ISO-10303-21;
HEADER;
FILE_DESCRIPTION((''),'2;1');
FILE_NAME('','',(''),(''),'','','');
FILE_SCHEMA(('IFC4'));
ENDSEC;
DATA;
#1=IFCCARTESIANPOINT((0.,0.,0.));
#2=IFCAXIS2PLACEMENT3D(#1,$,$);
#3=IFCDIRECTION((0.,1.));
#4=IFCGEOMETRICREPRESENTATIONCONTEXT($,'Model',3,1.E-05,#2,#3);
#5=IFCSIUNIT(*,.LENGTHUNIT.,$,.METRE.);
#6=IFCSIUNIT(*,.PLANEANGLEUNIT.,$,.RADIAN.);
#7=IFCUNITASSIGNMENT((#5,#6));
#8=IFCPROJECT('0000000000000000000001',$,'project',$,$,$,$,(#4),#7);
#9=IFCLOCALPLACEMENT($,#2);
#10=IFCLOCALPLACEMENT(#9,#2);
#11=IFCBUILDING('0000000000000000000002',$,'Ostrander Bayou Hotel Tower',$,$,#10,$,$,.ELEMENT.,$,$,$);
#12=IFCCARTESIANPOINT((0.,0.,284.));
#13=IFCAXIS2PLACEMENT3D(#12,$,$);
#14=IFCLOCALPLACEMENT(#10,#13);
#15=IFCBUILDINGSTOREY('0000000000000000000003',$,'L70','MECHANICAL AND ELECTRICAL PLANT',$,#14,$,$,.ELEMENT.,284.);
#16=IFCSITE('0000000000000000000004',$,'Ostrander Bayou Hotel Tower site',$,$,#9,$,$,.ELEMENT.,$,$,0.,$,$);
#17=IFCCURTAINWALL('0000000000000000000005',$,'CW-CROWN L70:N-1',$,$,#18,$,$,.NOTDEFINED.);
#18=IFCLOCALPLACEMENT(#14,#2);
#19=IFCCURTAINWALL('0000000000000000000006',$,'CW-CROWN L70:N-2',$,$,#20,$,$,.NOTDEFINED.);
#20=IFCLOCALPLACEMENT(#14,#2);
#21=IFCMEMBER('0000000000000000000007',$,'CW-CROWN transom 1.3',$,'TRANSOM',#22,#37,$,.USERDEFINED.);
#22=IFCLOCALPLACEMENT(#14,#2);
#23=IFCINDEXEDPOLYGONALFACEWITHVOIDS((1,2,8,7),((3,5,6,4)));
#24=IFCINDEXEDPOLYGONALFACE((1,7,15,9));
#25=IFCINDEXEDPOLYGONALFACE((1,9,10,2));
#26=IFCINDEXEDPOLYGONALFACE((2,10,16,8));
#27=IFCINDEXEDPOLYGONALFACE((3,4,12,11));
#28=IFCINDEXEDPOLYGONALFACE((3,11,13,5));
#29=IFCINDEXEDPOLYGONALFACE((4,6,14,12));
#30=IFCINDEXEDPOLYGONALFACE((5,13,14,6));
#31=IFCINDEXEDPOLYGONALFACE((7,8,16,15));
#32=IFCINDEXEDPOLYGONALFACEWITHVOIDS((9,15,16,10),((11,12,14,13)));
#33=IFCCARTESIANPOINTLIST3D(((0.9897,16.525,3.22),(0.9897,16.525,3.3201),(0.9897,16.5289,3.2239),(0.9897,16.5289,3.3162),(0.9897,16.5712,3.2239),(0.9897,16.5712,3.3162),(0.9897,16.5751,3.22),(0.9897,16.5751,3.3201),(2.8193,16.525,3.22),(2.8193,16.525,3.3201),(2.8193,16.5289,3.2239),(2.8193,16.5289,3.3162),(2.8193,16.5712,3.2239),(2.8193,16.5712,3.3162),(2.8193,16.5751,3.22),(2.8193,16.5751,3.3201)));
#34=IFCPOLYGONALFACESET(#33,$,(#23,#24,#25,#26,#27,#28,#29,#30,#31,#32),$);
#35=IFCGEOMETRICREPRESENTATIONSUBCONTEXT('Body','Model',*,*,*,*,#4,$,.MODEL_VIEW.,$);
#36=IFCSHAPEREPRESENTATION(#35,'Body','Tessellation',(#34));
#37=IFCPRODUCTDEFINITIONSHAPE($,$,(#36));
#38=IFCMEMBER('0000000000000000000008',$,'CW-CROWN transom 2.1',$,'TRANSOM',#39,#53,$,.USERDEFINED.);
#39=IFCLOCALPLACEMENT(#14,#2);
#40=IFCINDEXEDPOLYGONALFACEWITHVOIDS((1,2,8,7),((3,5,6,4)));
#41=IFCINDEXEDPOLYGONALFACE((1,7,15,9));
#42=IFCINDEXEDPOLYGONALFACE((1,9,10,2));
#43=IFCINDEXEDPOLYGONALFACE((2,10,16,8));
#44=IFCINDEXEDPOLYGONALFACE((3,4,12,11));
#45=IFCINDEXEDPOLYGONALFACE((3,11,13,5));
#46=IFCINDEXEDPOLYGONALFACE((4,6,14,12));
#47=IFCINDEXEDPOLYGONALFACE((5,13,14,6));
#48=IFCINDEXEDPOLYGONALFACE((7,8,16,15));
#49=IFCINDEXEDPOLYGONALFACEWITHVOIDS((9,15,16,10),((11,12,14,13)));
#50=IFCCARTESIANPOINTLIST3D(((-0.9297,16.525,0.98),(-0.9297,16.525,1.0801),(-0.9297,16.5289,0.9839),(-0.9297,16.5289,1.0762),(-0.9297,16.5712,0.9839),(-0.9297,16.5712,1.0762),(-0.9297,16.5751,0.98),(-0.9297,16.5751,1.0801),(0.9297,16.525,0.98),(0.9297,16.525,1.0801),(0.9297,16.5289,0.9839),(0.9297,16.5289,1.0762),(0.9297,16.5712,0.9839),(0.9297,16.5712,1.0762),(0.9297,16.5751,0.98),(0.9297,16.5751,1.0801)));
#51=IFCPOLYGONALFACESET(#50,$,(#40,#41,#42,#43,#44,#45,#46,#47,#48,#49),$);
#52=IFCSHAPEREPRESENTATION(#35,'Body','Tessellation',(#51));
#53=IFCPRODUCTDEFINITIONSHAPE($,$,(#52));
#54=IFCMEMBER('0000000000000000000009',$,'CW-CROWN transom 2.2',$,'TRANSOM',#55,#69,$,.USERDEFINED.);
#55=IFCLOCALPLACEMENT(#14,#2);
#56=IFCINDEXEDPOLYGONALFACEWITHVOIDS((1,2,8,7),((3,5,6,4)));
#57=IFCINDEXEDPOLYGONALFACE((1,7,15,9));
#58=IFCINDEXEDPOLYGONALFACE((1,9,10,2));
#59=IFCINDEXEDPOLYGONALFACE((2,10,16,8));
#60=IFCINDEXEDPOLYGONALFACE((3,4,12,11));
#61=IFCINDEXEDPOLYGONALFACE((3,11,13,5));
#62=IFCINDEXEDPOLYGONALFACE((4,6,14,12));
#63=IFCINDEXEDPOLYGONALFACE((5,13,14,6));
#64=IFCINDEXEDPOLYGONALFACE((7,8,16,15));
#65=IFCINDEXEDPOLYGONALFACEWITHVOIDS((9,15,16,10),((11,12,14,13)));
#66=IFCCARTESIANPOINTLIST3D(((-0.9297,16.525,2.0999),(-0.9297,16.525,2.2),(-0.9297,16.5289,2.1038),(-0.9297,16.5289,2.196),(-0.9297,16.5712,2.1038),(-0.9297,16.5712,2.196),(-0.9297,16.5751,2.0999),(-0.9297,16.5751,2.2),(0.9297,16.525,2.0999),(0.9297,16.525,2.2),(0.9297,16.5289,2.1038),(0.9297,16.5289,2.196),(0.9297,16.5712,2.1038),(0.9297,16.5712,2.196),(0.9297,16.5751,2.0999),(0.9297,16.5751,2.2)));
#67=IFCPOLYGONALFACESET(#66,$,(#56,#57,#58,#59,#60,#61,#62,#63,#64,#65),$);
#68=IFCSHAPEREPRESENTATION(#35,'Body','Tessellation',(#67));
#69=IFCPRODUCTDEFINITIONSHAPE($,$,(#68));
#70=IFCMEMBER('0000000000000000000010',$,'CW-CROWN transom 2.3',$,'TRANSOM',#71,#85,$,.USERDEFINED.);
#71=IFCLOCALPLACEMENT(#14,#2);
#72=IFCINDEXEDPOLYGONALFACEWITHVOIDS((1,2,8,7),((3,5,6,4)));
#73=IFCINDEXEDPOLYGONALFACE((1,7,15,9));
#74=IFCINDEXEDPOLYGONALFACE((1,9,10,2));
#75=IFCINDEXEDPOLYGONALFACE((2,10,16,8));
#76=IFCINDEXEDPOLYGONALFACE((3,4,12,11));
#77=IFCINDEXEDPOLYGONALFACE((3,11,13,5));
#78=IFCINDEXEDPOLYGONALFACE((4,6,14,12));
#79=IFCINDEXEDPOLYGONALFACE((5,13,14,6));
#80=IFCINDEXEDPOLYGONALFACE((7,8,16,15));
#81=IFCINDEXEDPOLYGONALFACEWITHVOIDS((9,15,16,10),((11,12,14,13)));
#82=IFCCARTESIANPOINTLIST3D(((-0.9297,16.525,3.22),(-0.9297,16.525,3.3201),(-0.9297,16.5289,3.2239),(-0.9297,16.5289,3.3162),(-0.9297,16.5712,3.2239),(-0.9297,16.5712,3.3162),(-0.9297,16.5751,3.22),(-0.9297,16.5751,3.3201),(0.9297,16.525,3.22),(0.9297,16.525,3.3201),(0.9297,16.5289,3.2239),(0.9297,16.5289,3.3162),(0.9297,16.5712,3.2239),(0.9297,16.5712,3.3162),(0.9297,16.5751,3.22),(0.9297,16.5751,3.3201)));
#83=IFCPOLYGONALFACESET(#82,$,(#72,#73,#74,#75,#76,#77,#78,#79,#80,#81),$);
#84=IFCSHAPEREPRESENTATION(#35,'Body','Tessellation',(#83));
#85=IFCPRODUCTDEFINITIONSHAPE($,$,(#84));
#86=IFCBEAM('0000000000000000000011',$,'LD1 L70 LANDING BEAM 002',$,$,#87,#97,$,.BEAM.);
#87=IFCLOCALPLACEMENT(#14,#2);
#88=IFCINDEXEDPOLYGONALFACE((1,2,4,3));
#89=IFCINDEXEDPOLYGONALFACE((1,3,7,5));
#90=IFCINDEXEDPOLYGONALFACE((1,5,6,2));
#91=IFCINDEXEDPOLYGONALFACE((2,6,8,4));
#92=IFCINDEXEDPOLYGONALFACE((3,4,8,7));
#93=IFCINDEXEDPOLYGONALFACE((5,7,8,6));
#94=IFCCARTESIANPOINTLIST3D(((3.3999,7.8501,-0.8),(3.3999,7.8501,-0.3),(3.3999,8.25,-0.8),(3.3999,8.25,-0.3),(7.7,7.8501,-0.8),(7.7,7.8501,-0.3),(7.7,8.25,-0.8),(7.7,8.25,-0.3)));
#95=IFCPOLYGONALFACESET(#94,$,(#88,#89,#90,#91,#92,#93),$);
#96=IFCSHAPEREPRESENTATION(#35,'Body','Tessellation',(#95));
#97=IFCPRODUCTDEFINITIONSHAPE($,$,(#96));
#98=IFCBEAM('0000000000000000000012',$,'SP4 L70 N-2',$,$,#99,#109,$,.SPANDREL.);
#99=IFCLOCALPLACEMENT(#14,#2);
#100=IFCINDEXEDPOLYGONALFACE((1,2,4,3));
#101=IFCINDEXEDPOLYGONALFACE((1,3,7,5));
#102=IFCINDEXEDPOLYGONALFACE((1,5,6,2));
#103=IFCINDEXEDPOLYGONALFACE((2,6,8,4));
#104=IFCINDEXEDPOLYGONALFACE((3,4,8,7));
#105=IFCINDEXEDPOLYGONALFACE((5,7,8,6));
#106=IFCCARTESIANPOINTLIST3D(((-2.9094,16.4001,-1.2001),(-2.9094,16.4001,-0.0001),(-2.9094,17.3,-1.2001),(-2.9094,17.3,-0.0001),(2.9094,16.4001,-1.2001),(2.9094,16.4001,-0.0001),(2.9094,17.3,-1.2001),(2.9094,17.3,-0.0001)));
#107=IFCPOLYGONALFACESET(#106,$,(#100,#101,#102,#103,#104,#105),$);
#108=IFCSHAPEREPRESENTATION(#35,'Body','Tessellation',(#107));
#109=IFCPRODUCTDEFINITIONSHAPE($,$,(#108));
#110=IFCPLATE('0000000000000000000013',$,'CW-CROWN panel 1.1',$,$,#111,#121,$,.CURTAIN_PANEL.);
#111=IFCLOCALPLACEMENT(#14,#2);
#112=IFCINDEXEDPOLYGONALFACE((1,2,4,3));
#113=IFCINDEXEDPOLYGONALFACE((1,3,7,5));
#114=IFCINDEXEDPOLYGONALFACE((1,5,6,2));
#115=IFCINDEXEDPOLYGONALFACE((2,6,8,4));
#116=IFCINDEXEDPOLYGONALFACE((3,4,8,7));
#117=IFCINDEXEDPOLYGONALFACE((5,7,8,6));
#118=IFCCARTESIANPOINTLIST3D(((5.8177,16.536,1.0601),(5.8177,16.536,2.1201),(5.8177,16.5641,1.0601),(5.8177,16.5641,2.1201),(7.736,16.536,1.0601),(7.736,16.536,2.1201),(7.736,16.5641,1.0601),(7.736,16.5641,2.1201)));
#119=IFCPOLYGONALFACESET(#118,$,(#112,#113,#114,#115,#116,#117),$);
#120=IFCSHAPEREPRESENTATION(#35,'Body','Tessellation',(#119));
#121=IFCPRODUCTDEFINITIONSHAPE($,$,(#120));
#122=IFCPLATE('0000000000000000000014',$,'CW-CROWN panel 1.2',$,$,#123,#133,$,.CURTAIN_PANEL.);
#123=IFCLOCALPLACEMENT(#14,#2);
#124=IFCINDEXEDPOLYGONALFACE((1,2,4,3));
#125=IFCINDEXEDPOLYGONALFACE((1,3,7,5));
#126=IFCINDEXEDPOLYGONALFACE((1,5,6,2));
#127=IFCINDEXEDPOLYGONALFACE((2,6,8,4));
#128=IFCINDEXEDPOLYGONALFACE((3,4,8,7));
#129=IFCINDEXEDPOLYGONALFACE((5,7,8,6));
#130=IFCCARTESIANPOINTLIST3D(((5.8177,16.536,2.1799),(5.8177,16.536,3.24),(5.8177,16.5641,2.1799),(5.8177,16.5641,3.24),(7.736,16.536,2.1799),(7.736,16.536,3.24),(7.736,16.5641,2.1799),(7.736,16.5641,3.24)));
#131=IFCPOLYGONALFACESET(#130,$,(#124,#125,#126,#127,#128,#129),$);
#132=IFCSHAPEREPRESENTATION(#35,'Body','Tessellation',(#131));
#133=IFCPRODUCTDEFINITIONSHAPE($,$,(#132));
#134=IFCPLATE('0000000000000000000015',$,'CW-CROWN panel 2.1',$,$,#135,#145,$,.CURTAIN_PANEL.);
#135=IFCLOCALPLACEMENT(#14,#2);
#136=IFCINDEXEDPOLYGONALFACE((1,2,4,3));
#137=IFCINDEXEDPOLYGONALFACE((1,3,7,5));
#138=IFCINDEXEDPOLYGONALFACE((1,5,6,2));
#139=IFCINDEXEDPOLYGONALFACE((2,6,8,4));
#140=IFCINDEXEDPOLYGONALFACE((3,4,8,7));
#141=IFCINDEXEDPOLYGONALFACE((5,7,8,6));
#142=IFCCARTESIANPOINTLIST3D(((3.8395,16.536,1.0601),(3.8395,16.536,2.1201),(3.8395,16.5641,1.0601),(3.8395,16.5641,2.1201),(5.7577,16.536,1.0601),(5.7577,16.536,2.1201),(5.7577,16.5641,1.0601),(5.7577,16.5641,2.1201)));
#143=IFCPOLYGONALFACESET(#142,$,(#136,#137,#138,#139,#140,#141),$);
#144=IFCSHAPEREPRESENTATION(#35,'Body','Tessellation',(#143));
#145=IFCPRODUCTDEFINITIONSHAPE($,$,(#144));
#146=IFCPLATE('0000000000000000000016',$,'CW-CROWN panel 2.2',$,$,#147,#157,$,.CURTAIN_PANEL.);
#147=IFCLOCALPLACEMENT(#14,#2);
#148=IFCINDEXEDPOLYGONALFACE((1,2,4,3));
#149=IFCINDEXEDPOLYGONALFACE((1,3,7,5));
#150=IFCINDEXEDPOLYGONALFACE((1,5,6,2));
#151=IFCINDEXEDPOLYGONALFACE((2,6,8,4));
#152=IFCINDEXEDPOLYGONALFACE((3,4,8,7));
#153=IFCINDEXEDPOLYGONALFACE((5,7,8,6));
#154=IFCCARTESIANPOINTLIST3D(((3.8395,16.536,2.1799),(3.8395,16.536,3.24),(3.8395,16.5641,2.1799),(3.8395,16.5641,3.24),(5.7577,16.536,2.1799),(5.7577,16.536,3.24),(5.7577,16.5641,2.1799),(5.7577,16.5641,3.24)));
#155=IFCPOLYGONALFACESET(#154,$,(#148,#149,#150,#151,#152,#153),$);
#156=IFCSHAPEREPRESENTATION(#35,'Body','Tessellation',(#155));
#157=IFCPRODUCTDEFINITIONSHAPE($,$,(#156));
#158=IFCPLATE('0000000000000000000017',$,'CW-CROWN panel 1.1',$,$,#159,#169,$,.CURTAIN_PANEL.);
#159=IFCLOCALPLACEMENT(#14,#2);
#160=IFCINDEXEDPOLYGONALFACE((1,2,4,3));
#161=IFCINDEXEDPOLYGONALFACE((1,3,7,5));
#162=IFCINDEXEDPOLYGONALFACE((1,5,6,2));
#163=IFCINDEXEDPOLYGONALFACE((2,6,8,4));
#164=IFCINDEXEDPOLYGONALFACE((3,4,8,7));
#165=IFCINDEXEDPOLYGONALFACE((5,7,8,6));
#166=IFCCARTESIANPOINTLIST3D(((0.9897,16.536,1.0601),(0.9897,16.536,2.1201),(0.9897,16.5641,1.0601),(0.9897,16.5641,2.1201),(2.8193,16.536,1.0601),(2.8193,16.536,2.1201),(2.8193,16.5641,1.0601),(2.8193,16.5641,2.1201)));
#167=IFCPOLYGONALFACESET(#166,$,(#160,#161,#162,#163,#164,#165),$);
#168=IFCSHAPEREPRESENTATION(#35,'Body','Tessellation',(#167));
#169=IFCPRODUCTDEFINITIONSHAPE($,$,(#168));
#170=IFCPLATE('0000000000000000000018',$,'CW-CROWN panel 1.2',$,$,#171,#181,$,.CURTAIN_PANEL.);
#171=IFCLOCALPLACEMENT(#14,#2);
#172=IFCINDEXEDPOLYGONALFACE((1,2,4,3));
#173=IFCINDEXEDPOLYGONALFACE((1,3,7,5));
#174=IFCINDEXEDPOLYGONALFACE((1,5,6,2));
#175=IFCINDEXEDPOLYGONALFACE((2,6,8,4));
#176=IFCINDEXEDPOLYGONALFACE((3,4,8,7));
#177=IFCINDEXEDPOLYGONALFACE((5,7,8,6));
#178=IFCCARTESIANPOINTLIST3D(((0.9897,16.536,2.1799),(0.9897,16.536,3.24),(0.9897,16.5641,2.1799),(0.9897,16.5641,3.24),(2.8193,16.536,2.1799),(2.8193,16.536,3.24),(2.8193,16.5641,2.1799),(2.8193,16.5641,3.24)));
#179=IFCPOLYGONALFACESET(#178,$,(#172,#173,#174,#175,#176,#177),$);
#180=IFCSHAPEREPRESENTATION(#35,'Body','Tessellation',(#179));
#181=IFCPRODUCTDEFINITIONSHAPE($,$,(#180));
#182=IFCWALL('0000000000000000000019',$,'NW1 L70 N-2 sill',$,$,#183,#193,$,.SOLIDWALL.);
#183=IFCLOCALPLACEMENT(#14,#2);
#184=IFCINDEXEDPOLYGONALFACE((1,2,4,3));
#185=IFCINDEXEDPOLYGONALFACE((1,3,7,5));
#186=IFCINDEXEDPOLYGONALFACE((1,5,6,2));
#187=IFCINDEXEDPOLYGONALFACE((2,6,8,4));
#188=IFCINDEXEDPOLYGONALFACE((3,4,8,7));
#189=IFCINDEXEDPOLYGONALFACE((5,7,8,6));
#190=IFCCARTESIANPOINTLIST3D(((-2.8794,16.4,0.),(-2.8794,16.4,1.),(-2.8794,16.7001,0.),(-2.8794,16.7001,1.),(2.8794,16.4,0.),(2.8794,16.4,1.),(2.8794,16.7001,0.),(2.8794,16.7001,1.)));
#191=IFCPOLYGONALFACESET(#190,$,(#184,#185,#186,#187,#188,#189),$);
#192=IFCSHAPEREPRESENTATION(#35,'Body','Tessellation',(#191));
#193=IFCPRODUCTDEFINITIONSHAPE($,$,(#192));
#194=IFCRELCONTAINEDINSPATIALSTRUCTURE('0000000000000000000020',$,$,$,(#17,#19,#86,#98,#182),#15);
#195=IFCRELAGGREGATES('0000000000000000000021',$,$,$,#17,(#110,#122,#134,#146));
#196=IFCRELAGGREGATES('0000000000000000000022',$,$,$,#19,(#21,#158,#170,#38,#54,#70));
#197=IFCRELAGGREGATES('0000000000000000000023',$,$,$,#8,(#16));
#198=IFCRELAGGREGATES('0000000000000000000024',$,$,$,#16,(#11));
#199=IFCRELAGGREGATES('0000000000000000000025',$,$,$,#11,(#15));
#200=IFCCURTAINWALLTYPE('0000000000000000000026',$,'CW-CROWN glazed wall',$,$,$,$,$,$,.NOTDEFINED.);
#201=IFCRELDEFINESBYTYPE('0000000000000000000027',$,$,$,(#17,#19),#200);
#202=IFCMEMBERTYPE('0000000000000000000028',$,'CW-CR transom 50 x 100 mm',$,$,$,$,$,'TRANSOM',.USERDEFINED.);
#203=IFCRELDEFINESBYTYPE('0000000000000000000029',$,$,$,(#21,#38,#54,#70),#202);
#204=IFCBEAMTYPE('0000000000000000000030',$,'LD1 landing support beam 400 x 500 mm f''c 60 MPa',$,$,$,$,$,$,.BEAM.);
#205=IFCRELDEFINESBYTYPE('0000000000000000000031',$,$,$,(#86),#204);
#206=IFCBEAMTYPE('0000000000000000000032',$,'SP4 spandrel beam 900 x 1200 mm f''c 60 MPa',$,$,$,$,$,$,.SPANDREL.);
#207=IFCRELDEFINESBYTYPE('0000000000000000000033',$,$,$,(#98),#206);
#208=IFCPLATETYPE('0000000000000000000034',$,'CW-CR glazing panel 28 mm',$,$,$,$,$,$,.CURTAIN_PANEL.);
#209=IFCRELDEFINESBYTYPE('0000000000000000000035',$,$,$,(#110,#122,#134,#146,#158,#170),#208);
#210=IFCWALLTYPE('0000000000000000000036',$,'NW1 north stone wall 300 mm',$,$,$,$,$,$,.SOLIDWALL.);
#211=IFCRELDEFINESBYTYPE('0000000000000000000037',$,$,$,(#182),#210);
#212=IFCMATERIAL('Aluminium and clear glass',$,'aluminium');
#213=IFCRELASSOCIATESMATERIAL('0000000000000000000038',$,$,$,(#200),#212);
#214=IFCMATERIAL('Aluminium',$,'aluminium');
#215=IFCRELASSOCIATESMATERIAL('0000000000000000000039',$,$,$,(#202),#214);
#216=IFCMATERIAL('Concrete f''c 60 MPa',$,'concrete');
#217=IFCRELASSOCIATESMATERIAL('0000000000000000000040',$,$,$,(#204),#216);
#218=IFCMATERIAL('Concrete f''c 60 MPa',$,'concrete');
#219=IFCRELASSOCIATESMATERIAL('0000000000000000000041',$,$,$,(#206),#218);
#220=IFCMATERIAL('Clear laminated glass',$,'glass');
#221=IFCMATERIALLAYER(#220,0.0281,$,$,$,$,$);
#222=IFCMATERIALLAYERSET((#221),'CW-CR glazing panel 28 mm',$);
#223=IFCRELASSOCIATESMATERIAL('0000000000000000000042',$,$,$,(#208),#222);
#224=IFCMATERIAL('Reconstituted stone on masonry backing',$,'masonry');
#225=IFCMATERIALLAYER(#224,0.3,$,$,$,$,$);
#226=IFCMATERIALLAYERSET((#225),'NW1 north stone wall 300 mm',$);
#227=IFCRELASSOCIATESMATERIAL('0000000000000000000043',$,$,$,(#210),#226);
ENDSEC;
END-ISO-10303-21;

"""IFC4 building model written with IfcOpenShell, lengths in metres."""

from ifc_helpers import new_model, si_unit, direction, frame, frame_2d, origin, origin_2d, place, context, subcontext, project, spatial, rectangle, hollow_rectangle, extrude, material, layer, layer_set, material_profile, profile_set, type_object, element, aggregate, save


model = new_model("IFC4")

# Units and contexts
model_context = context("Model", 3, precision=1e-05, world=origin(), true_north=direction((0.0, 1.0)))
body_context = subcontext(model_context, "Body", "Model", "MODEL_VIEW")
ifc_project = project(units=[si_unit("LENGTHUNIT", "METRE"), si_unit("PLANEANGLEUNIT", "RADIAN")], contexts=[model_context])

# Site, building, storey
site_placement = place(None, origin())
site = spatial("IfcSite", under=ifc_project, at=site_placement, Name="Ostrander Bayou Hotel Tower site", CompositionType="ELEMENT", RefElevation=0.0)
building_placement = place(site_placement, origin())
building = spatial("IfcBuilding", under=site, at=building_placement, Name="Ostrander Bayou Hotel Tower", CompositionType="ELEMENT")
storey_placement = place(building_placement, frame((0.0, 0.0, 284.0)))
storey = spatial("IfcBuildingStorey", under=building, at=storey_placement, Name="L70", Description="MECHANICAL AND ELECTRICAL PLANT", CompositionType="ELEMENT", Elevation=284.0)

# Curtain walls
ifc_material_1 = material(Name="Aluminium and clear glass", Category="aluminium")
curtain_wall_type = type_object("IfcCurtainWallType", Name="CW-CROWN glazed wall", PredefinedType="NOTDEFINED", material=ifc_material_1)
curtain_wall_1_placement = place(storey_placement, origin())
curtain_wall_1 = element("IfcCurtainWall", 1, at=curtain_wall_1_placement, inside=storey, type_object=curtain_wall_type, Name="CW-CROWN L70:N-1", PredefinedType="NOTDEFINED")
curtain_wall_2_placement = place(storey_placement, origin())
curtain_wall_2 = element("IfcCurtainWall", 2, at=curtain_wall_2_placement, inside=storey, type_object=curtain_wall_type, Name="CW-CROWN L70:N-2", PredefinedType="NOTDEFINED")

# Members
ifc_material_2 = material(Name="Aluminium", Category="aluminium")
ifc_material_profile_1 = material_profile(ifc_material_2, hollow_rectangle(XDim=0.05, YDim=0.1001, WallThickness=0.0039, at=origin_2d()))
ifc_profile_set_1 = profile_set([ifc_material_profile_1], Name="Aluminium")
member_type_1 = type_object("IfcMemberType", Name="CW-CR transom 50 x 100 mm", ElementType="TRANSOM", PredefinedType="USERDEFINED", material=ifc_profile_set_1)
member_1_placement = place(storey_placement, frame((2.8193, 16.55, 3.27), z_axis=(-1.0, 0.0, 0.0), x_axis=(0.0, -1.0, 0.0)))
member_1 = element("IfcMember", 3, at=member_1_placement, type_object=member_type_1, Name="CW-CROWN transom 1.3", ObjectType="TRANSOM", PredefinedType="USERDEFINED", context=body_context, shape_type="SweptSolid", body=[
    extrude(hollow_rectangle(XDim=0.05, YDim=0.1001, WallThickness=0.0039, at=origin_2d()), origin(), (0.0, 0.0, 1.0), 1.8296),
])
member_2_placement = place(storey_placement, frame((0.9297, 16.55, 1.03), z_axis=(-1.0, 0.0, 0.0), x_axis=(0.0, -1.0, 0.0)))
member_2 = element("IfcMember", 4, at=member_2_placement, type_object=member_type_1, Name="CW-CROWN transom 2.1", ObjectType="TRANSOM", PredefinedType="USERDEFINED", context=body_context, shape_type="SweptSolid", body=[
    extrude(hollow_rectangle(XDim=0.05, YDim=0.1001, WallThickness=0.0039, at=origin_2d()), origin(), (0.0, 0.0, 1.0), 1.8594),
])
member_3_placement = place(storey_placement, frame((0.9297, 16.55, 2.1499), z_axis=(-1.0, 0.0, 0.0), x_axis=(0.0, -1.0, 0.0)))
member_3 = element("IfcMember", 5, at=member_3_placement, type_object=member_type_1, Name="CW-CROWN transom 2.2", ObjectType="TRANSOM", PredefinedType="USERDEFINED", context=body_context, shape_type="SweptSolid", body=[
    extrude(hollow_rectangle(XDim=0.05, YDim=0.1001, WallThickness=0.0039, at=origin_2d()), origin(), (0.0, 0.0, 1.0), 1.8594),
])
member_4_placement = place(storey_placement, frame((0.9297, 16.55, 3.27), z_axis=(-1.0, 0.0, 0.0), x_axis=(0.0, -1.0, 0.0)))
member_4 = element("IfcMember", 6, at=member_4_placement, type_object=member_type_1, Name="CW-CROWN transom 2.3", ObjectType="TRANSOM", PredefinedType="USERDEFINED", context=body_context, shape_type="SweptSolid", body=[
    extrude(hollow_rectangle(XDim=0.05, YDim=0.1001, WallThickness=0.0039, at=origin_2d()), origin(), (0.0, 0.0, 1.0), 1.8594),
])

# Beams
ifc_material_3 = material(Name="Concrete f'c 60 MPa", Category="concrete")
ifc_material_profile_2 = material_profile(ifc_material_3, rectangle(XDim=0.3999, YDim=0.5, at=origin_2d()))
ifc_profile_set_2 = profile_set([ifc_material_profile_2], Name="Concrete f'c 60 MPa")
beam_type_1 = type_object("IfcBeamType", Name="LD1 landing support beam 400 x 500 mm f'c 60 MPa", PredefinedType="BEAM", material=ifc_profile_set_2)
beam_1_placement = place(storey_placement, frame((7.7, 8.05, -0.55), z_axis=(-1.0, 0.0, 0.0), x_axis=(0.0, -1.0, 0.0)))
element("IfcBeam", 7, at=beam_1_placement, inside=storey, type_object=beam_type_1, Name="LD1 L70 LANDING BEAM 002", PredefinedType="BEAM", context=body_context, shape_type="SweptSolid", body=[
    extrude(rectangle(XDim=0.3999, YDim=0.5, at=origin_2d()), origin(), (0.0, 0.0, 1.0), 4.3),
])
ifc_material_4 = material(Name="Concrete f'c 60 MPa", Category="concrete")
ifc_material_profile_3 = material_profile(ifc_material_4, rectangle(XDim=0.8999, YDim=1.2, at=origin_2d()))
ifc_profile_set_3 = profile_set([ifc_material_profile_3], Name="Concrete f'c 60 MPa")
beam_type_2 = type_object("IfcBeamType", Name="SP4 spandrel beam 900 x 1200 mm f'c 60 MPa", PredefinedType="SPANDREL", material=ifc_profile_set_3)
beam_2_placement = place(storey_placement, frame((2.9094, 16.8501, -0.6001), z_axis=(-1.0, 0.0, 0.0), x_axis=(0.0, -1.0, 0.0)))
element("IfcBeam", 8, at=beam_2_placement, inside=storey, type_object=beam_type_2, Name="SP4 L70 N-2", PredefinedType="SPANDREL", context=body_context, shape_type="SweptSolid", body=[
    extrude(rectangle(XDim=0.8999, YDim=1.2, at=origin_2d()), origin(), (0.0, 0.0, 1.0), 5.8188),
])

# Plates
ifc_material_5 = material(Name="Clear laminated glass", Category="glass")
ifc_layer_1 = layer(ifc_material_5, 0.0281)
ifc_layer_set_1 = layer_set([ifc_layer_1], Name="CW-CR glazing panel 28 mm")
plate_type = type_object("IfcPlateType", Name="CW-CR glazing panel 28 mm", PredefinedType="CURTAIN_PANEL", material=ifc_layer_set_1)
plate_1_placement = place(storey_placement, frame((6.7769, 16.55, 1.0601), z_axis=(0.0, 0.0, 1.0), x_axis=(-1.0, 0.0, 0.0)))
plate_1 = element("IfcPlate", 9, at=plate_1_placement, type_object=plate_type, Name="CW-CROWN panel 1.1", PredefinedType="CURTAIN_PANEL", context=body_context, shape_type="SweptSolid", body=[
    extrude(rectangle(XDim=1.9182, YDim=0.0281, at=origin_2d()), origin(), (0.0, 0.0, 1.0), 1.0601),
])
plate_2_placement = place(storey_placement, frame((6.7769, 16.55, 2.1799), z_axis=(0.0, 0.0, 1.0), x_axis=(-1.0, 0.0, 0.0)))
plate_2 = element("IfcPlate", 10, at=plate_2_placement, type_object=plate_type, Name="CW-CROWN panel 1.2", PredefinedType="CURTAIN_PANEL", context=body_context, shape_type="SweptSolid", body=[
    extrude(rectangle(XDim=1.9182, YDim=0.0281, at=origin_2d()), origin(), (0.0, 0.0, 1.0), 1.0601),
])
plate_3_placement = place(storey_placement, frame((4.7986, 16.55, 1.0601), z_axis=(0.0, 0.0, 1.0), x_axis=(-1.0, 0.0, 0.0)))
plate_3 = element("IfcPlate", 11, at=plate_3_placement, type_object=plate_type, Name="CW-CROWN panel 2.1", PredefinedType="CURTAIN_PANEL", context=body_context, shape_type="SweptSolid", body=[
    extrude(rectangle(XDim=1.9182, YDim=0.0281, at=origin_2d()), origin(), (0.0, 0.0, 1.0), 1.0601),
])
plate_4_placement = place(storey_placement, frame((4.7986, 16.55, 2.1799), z_axis=(0.0, 0.0, 1.0), x_axis=(-1.0, 0.0, 0.0)))
plate_4 = element("IfcPlate", 12, at=plate_4_placement, type_object=plate_type, Name="CW-CROWN panel 2.2", PredefinedType="CURTAIN_PANEL", context=body_context, shape_type="SweptSolid", body=[
    extrude(rectangle(XDim=1.9182, YDim=0.0281, at=origin_2d()), origin(), (0.0, 0.0, 1.0), 1.0601),
])
aggregate(curtain_wall_1, [plate_1, plate_2, plate_3, plate_4])
plate_5_placement = place(storey_placement, frame((1.9045, 16.55, 1.0601), z_axis=(0.0, 0.0, 1.0), x_axis=(-1.0, 0.0, 0.0)))
plate_5 = element("IfcPlate", 13, at=plate_5_placement, type_object=plate_type, Name="CW-CROWN panel 1.1", PredefinedType="CURTAIN_PANEL", context=body_context, shape_type="SweptSolid", body=[
    extrude(rectangle(XDim=1.8296, YDim=0.0281, at=origin_2d()), origin(), (0.0, 0.0, 1.0), 1.0601),
])
plate_6_placement = place(storey_placement, frame((1.9045, 16.55, 2.1799), z_axis=(0.0, 0.0, 1.0), x_axis=(-1.0, 0.0, 0.0)))
plate_6 = element("IfcPlate", 14, at=plate_6_placement, type_object=plate_type, Name="CW-CROWN panel 1.2", PredefinedType="CURTAIN_PANEL", context=body_context, shape_type="SweptSolid", body=[
    extrude(rectangle(XDim=1.8296, YDim=0.0281, at=origin_2d()), origin(), (0.0, 0.0, 1.0), 1.0601),
])
aggregate(curtain_wall_2, [member_1, plate_5, plate_6, member_2, member_3, member_4])

# Wall
ifc_material_6 = material(Name="Reconstituted stone on masonry backing", Category="masonry")
ifc_layer_2 = layer(ifc_material_6, 0.3)
ifc_layer_set_2 = layer_set([ifc_layer_2], Name="NW1 north stone wall 300 mm")
wall_type_1 = type_object("IfcWallType", Name="NW1 north stone wall 300 mm", PredefinedType="SOLIDWALL", material=ifc_layer_set_2)
wall_1_placement = place(storey_placement, frame((2.8794, 16.55, 0.0), z_axis=(0.0, 0.0, 1.0), x_axis=(-1.0, 0.0, 0.0)))
element("IfcWall", 15, at=wall_1_placement, inside=storey, type_object=wall_type_1, Name="NW1 L70 N-2 sill", PredefinedType="SOLIDWALL", context=body_context, shape_type="SweptSolid", body=[
    extrude(rectangle(XDim=5.7588, YDim=0.3, at=frame_2d((2.8794, 0.0))), origin(), (0.0, 0.0, 1.0), 1.0),
])

save(model, "model.ifc")
